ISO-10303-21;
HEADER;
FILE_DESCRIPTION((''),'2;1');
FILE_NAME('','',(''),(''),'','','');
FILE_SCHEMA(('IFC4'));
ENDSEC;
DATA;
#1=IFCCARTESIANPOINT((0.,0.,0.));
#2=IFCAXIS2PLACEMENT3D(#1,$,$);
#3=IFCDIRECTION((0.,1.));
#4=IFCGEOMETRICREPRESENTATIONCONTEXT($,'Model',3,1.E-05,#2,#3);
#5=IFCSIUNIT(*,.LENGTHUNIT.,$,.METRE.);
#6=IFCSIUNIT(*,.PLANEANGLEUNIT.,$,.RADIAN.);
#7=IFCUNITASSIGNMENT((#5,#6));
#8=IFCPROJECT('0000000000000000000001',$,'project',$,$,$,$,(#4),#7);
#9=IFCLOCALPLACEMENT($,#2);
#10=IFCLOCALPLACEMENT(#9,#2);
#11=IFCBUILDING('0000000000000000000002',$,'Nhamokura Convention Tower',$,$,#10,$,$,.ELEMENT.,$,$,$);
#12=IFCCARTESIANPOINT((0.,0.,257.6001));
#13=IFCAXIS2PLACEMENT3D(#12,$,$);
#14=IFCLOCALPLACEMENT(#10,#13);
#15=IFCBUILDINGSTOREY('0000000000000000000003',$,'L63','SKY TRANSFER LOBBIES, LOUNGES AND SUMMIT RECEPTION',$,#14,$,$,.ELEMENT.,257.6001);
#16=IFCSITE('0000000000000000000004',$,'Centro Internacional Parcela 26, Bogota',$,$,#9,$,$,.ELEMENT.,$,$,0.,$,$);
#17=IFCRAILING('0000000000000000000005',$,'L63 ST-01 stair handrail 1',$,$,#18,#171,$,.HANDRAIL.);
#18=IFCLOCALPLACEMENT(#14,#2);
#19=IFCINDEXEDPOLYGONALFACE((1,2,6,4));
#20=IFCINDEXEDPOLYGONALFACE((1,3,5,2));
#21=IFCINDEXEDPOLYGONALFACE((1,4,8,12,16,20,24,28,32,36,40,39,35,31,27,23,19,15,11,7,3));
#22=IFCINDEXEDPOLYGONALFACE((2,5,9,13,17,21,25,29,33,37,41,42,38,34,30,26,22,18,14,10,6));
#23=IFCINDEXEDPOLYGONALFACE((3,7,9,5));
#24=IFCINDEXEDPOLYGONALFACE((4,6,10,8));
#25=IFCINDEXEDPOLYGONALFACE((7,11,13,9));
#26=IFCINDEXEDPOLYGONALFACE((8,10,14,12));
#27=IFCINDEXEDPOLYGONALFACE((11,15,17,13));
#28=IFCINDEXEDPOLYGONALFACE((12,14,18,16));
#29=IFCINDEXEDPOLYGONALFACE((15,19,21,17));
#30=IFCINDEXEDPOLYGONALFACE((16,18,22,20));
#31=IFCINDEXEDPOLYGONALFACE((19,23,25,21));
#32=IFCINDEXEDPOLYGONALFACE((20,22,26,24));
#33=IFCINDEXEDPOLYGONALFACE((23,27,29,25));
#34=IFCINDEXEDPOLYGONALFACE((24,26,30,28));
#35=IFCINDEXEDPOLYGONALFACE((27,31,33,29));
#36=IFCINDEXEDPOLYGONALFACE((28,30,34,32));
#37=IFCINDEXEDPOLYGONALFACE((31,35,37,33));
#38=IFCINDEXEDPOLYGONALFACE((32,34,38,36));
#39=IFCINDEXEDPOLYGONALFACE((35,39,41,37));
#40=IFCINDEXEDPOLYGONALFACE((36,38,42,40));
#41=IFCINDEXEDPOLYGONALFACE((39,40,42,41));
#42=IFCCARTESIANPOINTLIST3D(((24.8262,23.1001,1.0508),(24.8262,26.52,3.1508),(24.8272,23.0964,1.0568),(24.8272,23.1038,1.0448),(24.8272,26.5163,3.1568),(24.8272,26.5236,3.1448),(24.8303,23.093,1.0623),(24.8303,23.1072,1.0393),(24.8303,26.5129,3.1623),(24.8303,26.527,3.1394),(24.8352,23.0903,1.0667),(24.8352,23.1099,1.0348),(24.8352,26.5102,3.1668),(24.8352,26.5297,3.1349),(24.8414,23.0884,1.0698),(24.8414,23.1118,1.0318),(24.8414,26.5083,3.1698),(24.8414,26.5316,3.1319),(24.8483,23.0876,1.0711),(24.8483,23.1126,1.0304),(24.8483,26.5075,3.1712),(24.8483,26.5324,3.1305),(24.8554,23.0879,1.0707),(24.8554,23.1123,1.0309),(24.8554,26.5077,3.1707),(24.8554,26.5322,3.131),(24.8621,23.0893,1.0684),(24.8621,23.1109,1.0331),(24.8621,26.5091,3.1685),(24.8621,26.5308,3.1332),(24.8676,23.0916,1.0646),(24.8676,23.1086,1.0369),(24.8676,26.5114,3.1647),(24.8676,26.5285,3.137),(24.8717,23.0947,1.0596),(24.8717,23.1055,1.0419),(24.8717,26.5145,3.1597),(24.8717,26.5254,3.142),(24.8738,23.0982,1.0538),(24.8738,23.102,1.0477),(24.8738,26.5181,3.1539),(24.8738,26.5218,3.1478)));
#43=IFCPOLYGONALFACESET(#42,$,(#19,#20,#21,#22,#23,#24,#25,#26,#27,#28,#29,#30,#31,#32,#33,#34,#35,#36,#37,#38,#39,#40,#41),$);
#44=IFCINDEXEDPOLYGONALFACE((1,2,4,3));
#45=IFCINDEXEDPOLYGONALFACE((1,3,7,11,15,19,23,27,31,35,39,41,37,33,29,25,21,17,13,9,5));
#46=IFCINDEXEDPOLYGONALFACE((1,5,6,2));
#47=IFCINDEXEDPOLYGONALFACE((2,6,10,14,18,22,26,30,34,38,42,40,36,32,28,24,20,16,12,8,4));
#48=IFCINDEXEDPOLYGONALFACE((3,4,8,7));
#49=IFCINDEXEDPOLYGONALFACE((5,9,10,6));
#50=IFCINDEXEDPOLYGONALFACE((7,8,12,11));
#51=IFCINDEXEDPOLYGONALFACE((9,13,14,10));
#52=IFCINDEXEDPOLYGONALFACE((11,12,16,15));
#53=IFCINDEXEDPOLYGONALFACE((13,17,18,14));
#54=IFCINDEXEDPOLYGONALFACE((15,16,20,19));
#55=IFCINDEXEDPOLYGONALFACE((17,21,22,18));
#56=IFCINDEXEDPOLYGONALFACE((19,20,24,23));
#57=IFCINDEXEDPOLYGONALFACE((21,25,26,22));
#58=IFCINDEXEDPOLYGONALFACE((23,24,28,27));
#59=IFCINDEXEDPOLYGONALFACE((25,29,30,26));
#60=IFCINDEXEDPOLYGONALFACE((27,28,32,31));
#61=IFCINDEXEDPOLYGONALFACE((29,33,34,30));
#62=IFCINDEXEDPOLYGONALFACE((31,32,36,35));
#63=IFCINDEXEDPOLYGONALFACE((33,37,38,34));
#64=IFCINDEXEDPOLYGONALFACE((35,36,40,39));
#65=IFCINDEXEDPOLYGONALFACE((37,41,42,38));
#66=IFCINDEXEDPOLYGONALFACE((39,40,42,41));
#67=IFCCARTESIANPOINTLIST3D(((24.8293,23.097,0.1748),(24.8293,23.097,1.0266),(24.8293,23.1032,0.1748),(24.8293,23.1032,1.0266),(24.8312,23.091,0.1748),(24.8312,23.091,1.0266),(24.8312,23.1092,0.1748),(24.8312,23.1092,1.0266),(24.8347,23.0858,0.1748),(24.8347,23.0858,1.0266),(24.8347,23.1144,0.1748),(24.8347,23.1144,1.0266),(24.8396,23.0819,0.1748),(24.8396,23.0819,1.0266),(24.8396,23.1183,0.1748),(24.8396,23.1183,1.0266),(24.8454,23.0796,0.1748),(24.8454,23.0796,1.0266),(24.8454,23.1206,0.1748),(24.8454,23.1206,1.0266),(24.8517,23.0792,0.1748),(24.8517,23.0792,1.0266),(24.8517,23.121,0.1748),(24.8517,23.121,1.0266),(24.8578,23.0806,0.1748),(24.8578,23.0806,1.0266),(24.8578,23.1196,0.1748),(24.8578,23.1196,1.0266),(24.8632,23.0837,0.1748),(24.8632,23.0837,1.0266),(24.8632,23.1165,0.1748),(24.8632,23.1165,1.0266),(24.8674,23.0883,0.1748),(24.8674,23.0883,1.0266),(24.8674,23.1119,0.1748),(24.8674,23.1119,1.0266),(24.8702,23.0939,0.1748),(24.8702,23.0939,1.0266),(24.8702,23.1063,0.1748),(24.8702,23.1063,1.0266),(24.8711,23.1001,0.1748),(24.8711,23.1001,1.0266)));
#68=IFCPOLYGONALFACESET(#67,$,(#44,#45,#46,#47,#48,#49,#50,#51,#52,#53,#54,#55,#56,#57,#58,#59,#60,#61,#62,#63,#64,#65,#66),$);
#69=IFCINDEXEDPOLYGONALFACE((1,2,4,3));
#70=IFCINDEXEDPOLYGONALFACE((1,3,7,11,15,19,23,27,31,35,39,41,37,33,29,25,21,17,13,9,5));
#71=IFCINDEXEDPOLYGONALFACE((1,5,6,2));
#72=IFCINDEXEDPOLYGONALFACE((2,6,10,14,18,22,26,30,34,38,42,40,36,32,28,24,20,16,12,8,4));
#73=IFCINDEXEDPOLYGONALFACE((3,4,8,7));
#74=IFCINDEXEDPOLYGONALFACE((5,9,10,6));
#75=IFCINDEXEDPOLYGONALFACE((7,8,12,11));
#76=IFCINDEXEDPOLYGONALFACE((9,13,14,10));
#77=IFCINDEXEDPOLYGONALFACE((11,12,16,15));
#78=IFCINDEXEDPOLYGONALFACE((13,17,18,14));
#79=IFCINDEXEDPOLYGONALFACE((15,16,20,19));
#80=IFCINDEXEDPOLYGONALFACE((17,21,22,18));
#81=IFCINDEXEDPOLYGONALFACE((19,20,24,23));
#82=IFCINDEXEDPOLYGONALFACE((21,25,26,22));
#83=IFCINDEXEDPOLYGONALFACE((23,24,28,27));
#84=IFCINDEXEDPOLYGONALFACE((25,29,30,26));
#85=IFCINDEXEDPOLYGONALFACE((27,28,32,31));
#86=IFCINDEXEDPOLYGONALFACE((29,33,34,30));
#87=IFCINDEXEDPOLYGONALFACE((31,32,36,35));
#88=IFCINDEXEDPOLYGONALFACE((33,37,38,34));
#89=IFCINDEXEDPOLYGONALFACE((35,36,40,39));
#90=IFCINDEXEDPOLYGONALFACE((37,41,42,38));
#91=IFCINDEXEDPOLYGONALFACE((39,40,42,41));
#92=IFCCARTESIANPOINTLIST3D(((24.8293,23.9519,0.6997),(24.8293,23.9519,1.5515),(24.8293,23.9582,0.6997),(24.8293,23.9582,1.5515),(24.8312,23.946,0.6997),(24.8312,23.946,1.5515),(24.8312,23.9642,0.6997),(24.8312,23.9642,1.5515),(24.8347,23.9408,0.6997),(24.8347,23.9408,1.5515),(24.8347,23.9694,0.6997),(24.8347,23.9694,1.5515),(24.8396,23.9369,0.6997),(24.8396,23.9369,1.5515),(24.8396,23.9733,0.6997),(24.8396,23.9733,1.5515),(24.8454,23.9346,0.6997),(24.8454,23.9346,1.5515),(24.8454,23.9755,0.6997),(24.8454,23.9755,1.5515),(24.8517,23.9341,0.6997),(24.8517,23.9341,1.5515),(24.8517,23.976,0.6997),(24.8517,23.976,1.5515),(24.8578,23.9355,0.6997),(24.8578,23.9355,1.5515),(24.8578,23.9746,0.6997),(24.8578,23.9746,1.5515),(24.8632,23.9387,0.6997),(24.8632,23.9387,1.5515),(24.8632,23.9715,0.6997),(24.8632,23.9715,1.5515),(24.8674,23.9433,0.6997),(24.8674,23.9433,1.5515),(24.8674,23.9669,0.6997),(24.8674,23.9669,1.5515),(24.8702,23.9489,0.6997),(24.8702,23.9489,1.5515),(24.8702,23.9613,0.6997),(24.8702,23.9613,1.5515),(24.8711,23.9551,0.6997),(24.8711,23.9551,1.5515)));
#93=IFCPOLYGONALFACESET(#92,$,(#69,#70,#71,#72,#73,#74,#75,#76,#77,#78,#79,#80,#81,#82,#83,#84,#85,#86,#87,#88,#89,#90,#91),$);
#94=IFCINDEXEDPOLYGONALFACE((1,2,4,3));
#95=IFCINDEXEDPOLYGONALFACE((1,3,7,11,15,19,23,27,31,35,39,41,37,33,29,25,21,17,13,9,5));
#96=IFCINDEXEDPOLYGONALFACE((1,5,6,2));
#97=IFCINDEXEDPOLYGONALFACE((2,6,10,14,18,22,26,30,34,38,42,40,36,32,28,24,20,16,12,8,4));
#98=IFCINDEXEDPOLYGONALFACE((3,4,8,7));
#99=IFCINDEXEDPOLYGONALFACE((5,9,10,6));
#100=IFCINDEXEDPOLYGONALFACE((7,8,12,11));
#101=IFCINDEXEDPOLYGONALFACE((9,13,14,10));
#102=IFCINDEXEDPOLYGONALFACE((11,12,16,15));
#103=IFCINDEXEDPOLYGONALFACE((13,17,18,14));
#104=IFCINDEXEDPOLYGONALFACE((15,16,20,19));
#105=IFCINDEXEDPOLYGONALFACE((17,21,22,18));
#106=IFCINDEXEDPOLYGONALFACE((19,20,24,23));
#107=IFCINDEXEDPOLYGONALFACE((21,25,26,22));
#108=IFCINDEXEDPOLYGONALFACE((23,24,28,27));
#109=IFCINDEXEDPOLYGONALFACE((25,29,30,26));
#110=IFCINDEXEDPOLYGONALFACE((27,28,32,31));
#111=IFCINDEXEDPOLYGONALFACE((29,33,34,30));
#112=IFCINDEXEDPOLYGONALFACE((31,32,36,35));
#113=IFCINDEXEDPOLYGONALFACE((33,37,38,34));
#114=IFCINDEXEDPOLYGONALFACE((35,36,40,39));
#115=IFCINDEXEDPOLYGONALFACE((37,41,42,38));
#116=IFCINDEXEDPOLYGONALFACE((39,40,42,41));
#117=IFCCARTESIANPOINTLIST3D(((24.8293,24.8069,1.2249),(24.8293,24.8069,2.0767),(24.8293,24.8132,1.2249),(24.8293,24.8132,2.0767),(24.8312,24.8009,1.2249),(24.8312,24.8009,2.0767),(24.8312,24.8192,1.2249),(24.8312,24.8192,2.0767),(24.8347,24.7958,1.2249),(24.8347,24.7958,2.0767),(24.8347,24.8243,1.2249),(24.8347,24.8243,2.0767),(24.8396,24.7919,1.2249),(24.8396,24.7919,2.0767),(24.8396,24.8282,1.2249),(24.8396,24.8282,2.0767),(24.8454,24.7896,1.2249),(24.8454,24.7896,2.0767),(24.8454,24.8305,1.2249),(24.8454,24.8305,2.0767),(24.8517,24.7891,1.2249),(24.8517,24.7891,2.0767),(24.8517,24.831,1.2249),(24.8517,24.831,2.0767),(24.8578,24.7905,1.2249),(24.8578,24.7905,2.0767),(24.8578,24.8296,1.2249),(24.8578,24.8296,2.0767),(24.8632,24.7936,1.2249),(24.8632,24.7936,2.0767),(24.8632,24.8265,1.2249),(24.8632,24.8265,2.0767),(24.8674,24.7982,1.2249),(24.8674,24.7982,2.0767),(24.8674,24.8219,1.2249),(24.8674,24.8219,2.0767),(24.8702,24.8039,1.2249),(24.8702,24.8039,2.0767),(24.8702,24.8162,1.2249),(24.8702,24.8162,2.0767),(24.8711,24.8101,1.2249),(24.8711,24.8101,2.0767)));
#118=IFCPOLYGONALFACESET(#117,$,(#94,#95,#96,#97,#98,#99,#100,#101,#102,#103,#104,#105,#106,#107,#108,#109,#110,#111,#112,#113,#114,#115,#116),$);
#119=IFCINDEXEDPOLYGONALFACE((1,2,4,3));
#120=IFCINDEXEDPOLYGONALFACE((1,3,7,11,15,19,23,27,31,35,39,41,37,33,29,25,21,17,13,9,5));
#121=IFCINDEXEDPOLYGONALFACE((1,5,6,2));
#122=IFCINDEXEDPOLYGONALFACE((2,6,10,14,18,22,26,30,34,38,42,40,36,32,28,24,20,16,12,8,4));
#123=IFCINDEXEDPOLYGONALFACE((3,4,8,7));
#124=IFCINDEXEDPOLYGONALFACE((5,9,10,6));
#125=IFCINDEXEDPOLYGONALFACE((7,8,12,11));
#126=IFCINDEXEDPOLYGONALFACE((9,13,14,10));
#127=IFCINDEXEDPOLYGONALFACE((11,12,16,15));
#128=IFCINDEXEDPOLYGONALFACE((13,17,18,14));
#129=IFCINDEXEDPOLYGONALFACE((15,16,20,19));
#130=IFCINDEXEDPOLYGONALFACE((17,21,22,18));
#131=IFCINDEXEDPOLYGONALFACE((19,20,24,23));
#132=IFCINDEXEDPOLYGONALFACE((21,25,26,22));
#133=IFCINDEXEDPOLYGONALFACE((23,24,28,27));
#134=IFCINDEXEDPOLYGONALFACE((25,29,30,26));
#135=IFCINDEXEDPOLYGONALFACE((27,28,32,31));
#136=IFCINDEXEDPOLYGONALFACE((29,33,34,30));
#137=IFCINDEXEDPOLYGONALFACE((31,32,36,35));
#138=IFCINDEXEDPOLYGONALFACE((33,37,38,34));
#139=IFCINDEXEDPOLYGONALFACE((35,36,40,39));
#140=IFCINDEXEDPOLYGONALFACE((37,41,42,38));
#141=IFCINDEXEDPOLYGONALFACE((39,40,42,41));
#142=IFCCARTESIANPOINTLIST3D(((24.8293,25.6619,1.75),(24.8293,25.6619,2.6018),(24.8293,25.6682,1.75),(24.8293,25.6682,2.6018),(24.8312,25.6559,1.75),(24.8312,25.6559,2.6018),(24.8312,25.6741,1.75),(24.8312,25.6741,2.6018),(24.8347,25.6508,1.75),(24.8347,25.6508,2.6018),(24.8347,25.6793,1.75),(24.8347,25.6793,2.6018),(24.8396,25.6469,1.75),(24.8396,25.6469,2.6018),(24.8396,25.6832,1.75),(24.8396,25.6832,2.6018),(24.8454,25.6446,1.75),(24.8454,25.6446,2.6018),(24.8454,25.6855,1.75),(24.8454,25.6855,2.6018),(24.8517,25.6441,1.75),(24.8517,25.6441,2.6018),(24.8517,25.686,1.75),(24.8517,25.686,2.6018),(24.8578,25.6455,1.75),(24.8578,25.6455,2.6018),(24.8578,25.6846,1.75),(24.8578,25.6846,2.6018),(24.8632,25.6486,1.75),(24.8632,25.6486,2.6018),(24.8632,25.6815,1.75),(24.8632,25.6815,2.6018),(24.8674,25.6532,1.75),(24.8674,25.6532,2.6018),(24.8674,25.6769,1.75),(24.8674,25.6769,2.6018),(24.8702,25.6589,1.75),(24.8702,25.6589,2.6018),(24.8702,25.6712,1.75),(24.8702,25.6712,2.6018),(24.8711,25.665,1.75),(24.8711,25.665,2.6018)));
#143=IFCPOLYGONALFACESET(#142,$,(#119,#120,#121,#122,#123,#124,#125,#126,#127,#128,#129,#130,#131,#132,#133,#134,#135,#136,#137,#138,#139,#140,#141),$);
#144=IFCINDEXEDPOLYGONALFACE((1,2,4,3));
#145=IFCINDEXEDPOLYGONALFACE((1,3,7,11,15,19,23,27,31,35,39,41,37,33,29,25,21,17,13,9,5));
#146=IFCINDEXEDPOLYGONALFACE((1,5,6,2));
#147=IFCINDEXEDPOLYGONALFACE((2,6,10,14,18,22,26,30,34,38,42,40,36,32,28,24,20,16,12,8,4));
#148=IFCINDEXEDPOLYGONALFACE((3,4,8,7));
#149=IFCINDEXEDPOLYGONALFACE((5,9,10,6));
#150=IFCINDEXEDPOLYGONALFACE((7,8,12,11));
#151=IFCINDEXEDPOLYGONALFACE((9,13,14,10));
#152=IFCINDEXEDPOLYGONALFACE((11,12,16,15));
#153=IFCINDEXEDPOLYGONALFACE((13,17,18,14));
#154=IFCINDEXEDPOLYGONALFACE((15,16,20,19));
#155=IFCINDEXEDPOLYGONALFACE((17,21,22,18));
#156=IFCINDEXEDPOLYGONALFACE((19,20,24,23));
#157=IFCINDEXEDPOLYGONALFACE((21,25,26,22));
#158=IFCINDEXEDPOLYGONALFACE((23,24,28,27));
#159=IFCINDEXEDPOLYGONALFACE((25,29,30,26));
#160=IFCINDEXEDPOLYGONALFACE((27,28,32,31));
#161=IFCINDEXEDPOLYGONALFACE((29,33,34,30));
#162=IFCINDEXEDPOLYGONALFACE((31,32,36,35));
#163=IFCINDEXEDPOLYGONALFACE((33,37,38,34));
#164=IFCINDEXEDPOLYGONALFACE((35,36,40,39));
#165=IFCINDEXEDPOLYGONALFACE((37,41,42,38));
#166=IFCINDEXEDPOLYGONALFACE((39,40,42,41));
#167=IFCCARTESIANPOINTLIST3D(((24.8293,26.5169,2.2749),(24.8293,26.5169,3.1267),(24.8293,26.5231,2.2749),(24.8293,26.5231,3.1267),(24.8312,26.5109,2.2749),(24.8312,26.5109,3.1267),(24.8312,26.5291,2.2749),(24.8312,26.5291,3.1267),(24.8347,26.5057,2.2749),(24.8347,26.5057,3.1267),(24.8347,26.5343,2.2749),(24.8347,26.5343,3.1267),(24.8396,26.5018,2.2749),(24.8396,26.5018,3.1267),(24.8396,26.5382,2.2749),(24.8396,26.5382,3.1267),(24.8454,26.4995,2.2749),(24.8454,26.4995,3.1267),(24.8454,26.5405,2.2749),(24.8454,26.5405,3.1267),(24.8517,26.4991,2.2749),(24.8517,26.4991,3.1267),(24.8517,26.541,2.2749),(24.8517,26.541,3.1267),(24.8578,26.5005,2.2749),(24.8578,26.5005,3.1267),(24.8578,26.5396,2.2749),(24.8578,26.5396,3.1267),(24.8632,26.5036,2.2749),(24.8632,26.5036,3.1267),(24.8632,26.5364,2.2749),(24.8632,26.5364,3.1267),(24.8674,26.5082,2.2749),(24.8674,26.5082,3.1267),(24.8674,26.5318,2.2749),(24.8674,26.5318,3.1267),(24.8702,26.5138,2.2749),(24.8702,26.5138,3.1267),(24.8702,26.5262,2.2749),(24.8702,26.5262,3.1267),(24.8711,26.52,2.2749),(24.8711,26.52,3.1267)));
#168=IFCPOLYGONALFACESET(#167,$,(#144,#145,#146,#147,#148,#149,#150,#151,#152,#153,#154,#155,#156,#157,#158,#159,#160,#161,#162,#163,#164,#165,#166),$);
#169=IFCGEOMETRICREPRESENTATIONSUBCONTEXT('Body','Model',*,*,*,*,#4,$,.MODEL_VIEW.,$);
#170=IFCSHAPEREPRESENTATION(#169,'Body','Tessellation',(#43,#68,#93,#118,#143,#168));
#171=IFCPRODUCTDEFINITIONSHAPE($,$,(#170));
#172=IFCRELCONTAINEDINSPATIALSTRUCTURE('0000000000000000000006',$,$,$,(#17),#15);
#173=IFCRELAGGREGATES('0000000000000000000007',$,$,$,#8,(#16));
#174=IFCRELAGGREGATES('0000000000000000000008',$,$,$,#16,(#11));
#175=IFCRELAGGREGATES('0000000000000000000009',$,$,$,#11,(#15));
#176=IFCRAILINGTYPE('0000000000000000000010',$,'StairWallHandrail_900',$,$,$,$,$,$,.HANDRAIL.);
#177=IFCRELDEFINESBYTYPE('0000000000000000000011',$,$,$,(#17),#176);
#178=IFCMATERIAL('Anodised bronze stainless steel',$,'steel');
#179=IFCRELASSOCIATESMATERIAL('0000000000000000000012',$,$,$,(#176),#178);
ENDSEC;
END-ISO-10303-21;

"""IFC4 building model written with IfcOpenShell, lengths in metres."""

from ifc_helpers import new_model, si_unit, direction, frame, origin, origin_2d, place, context, subcontext, project, spatial, circle, extrude, material, type_object, element, save


model = new_model("IFC4")

# Units and contexts
model_context = context("Model", 3, precision=1e-05, world=origin(), true_north=direction((0.0, 1.0)))
body_context = subcontext(model_context, "Body", "Model", "MODEL_VIEW")
ifc_project = project(units=[si_unit("LENGTHUNIT", "METRE"), si_unit("PLANEANGLEUNIT", "RADIAN")], contexts=[model_context])

# Site, building, storey
site_placement = place(None, origin())
site = spatial("IfcSite", under=ifc_project, at=site_placement, Name="Centro Internacional Parcela 26, Bogota", CompositionType="ELEMENT", RefElevation=0.0)
building_placement = place(site_placement, origin())
building = spatial("IfcBuilding", under=site, at=building_placement, Name="Nhamokura Convention Tower", CompositionType="ELEMENT")
storey_placement = place(building_placement, frame((0.0, 0.0, 257.6001)))
storey = spatial("IfcBuildingStorey", under=building, at=storey_placement, Name="L63", Description="SKY TRANSFER LOBBIES, LOUNGES AND SUMMIT RECEPTION", CompositionType="ELEMENT", Elevation=257.6001)

# Railing
ifc_material_1 = material(Name="Anodised bronze stainless steel", Category="steel")
railing_type_1 = type_object("IfcRailingType", Name="StairWallHandrail_900", PredefinedType="HANDRAIL", material=ifc_material_1)
railing_1_placement = place(storey_placement, frame((24.8501, 23.1001, 0.1748)))
element("IfcRailing", 1, at=railing_1_placement, inside=storey, type_object=railing_type_1, Name="L63 ST-01 stair handrail 1", PredefinedType="HANDRAIL", context=body_context, shape_type="SweptSolid", body=[
    extrude(circle(Radius=0.0239, at=origin_2d()), frame((0.0, 0.0, 0.876), z_axis=(0.0, 0.852155, 0.523289), x_axis=(-1.0, 0.0, 0.0)), (0.0, 0.0, 1.0), 4.0132),
    extrude(circle(Radius=0.021, at=origin_2d()), origin(), (0.0, 0.0, 1.0), 0.8518),
    extrude(circle(Radius=0.021, at=origin_2d()), frame((0.0, 0.855, 0.5249)), (0.0, 0.0, 1.0), 0.8518),
    extrude(circle(Radius=0.021, at=origin_2d()), frame((0.0, 1.71, 1.05)), (0.0, 0.0, 1.0), 0.8518),
    extrude(circle(Radius=0.021, at=origin_2d()), frame((0.0, 2.5649, 1.5752)), (0.0, 0.0, 1.0), 0.8518),
    extrude(circle(Radius=0.021, at=origin_2d()), frame((0.0, 3.4199, 2.1001)), (0.0, 0.0, 1.0), 0.8518),
])

save(model, "model.ifc")
